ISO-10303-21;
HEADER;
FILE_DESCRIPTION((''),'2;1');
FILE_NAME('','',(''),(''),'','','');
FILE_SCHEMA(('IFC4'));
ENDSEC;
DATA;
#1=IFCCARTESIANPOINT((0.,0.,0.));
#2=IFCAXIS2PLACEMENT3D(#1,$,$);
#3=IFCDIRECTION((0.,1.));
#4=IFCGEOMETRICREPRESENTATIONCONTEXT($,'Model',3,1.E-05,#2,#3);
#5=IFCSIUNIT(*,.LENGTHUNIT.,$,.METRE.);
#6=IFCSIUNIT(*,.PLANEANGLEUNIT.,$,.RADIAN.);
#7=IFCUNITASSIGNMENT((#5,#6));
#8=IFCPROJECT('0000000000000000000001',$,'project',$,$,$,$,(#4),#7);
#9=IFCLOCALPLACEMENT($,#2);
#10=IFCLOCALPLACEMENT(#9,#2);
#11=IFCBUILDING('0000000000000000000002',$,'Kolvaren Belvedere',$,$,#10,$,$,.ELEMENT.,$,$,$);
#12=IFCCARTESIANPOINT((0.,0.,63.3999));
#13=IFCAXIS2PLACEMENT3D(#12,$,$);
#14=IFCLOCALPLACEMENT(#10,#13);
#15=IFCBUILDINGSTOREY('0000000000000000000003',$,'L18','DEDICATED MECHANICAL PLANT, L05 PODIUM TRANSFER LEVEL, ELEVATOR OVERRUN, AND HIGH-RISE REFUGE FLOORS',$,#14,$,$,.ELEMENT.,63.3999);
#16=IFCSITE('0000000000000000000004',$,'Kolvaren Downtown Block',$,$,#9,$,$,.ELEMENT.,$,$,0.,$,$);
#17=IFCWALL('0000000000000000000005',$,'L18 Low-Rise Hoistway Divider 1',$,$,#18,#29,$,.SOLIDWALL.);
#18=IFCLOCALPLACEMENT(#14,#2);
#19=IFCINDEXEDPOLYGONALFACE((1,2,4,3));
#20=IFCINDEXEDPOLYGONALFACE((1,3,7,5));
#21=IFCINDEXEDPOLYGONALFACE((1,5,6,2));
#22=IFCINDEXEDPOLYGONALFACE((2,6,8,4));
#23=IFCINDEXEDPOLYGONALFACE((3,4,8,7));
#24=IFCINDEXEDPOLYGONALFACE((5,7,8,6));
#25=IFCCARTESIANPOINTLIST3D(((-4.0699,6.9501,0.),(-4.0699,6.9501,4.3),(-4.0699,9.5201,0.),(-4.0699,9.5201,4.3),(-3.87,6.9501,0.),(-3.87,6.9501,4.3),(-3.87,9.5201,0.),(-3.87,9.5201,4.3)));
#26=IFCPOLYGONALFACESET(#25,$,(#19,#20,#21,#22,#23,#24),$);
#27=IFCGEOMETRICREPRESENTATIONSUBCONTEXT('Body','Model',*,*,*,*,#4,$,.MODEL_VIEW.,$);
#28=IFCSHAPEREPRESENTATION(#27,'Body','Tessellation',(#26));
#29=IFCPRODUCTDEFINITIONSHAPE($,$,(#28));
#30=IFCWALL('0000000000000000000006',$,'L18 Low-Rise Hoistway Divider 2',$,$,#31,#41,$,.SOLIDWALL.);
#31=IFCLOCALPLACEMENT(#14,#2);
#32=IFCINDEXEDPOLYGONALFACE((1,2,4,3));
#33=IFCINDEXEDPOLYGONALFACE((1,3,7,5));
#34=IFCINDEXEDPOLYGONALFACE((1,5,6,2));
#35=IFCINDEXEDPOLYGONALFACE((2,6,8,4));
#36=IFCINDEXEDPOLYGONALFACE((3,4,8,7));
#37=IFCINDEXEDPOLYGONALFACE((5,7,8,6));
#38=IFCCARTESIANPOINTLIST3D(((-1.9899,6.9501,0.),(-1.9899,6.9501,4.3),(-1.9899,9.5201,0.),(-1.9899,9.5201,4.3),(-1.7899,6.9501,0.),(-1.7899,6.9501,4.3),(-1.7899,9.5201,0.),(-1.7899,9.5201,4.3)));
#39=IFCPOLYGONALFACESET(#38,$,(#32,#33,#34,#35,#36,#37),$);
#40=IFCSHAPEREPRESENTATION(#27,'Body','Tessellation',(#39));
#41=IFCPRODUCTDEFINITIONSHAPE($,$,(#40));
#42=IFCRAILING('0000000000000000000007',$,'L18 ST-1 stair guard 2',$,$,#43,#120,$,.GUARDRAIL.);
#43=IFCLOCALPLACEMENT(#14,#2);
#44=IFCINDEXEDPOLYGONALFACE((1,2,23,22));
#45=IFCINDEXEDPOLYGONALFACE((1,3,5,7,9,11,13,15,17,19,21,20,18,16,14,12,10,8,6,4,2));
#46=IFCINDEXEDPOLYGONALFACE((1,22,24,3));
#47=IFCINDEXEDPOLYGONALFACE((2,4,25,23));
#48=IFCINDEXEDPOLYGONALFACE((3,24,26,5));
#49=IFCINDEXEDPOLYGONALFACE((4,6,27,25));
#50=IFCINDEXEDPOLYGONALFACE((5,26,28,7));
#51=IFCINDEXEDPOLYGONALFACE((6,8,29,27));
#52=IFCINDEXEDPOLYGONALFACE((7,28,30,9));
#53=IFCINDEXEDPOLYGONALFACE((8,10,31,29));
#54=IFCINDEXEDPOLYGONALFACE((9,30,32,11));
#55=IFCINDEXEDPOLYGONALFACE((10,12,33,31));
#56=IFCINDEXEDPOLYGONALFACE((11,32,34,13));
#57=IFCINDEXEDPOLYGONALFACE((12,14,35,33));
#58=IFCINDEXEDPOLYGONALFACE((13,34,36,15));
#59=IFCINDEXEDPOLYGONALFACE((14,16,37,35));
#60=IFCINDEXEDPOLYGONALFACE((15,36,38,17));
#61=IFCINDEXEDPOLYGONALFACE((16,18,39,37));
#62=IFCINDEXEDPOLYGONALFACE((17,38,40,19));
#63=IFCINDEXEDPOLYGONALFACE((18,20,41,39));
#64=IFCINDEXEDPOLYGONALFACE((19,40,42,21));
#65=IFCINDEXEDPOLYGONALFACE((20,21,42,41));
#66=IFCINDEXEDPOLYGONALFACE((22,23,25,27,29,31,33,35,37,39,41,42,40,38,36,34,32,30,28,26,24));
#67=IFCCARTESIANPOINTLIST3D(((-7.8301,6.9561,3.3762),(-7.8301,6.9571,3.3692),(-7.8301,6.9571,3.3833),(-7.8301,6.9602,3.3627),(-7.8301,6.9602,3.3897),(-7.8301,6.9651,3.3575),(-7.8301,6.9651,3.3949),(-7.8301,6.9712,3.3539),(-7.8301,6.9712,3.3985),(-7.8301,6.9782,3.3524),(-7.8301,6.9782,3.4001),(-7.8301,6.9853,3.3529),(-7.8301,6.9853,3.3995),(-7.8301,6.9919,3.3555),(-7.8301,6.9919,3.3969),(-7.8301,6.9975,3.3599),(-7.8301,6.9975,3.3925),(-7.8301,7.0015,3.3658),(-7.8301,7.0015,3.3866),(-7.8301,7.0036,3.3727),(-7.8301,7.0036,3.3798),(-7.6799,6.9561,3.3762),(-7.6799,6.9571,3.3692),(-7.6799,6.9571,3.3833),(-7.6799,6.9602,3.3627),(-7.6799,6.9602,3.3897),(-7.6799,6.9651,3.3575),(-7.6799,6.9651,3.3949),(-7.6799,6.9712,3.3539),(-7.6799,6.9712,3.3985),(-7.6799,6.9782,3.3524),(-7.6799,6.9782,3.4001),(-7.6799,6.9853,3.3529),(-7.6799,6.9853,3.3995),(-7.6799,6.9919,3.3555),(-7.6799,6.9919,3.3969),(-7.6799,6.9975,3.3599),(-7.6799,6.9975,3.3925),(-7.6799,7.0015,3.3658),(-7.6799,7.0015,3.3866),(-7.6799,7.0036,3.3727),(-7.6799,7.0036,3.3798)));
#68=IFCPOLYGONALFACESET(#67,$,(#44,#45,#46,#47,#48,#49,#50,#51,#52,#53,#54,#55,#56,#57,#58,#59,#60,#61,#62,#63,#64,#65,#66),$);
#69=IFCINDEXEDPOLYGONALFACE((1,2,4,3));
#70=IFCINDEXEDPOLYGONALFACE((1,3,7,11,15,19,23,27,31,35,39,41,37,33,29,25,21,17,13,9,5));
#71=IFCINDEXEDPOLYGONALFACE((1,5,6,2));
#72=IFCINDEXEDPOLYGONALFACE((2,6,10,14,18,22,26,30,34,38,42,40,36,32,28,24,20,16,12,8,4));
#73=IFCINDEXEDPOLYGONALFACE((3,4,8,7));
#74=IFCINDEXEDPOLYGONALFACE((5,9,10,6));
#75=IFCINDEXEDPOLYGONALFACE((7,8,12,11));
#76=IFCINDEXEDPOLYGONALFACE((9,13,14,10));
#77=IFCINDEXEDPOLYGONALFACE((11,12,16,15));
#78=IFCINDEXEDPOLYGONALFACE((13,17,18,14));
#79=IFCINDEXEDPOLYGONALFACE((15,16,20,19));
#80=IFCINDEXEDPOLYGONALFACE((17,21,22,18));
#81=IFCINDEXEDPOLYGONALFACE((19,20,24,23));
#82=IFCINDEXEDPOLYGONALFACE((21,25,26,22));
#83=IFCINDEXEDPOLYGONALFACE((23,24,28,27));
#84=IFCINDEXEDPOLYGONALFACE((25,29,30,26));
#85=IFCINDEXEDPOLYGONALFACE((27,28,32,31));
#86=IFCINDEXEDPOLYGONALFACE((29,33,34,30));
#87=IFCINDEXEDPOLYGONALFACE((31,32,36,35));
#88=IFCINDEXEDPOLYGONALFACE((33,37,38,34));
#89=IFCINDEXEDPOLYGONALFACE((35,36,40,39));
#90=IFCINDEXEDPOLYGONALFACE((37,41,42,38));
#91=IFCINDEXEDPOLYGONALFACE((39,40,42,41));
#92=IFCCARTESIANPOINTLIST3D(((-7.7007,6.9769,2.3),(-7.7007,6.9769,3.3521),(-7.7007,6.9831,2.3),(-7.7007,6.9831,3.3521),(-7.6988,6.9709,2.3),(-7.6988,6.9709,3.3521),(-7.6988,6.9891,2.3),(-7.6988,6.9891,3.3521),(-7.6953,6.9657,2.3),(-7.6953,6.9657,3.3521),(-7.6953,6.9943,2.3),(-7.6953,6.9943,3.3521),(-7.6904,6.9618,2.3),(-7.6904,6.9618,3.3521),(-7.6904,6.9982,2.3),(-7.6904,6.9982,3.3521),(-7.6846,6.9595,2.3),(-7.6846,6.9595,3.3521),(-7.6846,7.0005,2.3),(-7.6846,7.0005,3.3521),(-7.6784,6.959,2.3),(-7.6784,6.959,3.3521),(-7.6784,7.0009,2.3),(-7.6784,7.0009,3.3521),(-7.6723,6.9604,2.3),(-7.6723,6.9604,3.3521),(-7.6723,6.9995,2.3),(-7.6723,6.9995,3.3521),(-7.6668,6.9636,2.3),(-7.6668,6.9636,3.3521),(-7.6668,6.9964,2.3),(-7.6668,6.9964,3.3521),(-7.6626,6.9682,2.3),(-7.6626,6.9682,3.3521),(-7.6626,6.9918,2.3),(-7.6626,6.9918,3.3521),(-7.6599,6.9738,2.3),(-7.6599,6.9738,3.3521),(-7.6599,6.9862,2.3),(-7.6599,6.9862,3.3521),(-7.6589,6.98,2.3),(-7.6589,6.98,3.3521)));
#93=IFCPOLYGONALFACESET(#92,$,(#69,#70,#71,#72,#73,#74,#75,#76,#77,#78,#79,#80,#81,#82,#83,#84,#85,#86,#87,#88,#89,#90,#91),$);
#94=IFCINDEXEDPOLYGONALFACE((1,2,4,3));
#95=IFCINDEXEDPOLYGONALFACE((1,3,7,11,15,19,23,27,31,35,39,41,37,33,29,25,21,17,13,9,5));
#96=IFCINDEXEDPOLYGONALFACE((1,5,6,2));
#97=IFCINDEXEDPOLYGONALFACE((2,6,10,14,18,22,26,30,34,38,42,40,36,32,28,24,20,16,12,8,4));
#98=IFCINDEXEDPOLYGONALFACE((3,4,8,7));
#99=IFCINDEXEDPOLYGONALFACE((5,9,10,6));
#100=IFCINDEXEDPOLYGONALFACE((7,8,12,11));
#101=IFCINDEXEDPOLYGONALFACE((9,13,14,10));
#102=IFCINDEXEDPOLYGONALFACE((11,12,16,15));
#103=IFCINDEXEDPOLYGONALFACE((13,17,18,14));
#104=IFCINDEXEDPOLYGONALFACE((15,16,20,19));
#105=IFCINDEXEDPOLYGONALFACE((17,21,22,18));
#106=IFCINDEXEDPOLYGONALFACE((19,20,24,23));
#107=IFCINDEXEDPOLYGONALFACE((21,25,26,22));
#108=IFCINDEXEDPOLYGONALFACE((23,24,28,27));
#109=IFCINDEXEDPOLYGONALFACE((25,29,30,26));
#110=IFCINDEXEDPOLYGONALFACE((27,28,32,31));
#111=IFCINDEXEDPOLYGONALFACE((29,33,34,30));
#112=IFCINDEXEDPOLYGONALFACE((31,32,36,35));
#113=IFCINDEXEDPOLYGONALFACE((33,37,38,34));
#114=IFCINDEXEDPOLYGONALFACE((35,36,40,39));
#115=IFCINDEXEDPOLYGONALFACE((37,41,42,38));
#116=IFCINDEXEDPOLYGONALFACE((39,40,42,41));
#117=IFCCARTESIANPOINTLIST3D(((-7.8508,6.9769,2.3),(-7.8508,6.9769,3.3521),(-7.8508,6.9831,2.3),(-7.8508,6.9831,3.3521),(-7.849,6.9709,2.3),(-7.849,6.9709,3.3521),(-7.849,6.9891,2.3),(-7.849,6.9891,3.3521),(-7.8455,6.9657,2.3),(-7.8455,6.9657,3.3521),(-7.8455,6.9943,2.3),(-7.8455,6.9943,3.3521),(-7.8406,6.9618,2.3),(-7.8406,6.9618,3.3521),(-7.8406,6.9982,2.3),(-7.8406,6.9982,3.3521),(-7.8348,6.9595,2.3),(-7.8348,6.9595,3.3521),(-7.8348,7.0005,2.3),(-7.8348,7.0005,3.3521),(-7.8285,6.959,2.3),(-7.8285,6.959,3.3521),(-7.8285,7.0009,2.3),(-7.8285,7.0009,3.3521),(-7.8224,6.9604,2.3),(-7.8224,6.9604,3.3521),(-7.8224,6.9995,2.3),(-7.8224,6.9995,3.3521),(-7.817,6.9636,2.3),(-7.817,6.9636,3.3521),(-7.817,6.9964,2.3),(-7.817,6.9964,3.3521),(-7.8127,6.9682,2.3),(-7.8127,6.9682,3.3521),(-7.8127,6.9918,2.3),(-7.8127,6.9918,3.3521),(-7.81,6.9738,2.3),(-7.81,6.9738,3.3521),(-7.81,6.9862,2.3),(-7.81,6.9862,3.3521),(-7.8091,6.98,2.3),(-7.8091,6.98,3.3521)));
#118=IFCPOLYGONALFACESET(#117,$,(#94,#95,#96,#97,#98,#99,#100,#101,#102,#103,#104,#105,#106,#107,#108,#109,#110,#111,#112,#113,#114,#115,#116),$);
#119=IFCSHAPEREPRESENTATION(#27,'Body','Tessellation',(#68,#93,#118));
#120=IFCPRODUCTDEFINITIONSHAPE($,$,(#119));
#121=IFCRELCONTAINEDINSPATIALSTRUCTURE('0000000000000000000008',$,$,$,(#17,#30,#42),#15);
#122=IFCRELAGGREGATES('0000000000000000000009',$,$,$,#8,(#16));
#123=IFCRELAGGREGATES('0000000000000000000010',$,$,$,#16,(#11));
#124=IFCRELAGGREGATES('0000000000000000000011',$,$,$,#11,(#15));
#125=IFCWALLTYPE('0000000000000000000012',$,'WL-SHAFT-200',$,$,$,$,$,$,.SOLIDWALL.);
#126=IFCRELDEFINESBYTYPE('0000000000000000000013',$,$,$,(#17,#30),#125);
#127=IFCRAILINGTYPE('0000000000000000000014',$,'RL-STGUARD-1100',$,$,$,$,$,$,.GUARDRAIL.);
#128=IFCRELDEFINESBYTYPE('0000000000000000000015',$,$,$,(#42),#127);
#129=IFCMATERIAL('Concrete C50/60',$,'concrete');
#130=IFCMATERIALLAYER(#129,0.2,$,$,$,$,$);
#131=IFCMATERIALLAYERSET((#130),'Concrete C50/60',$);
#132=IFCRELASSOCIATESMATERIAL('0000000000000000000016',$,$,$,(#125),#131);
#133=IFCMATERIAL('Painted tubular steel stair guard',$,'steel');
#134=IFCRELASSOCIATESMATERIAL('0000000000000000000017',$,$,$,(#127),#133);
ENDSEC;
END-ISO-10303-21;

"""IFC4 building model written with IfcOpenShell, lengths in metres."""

from ifc_helpers import new_model, si_unit, direction, frame, frame_2d, origin, origin_2d, place, context, subcontext, project, spatial, rectangle, circle, extrude, material, layer, layer_set, type_object, element, save


model = new_model("IFC4")

# Units and contexts
model_context = context("Model", 3, precision=1e-05, world=origin(), true_north=direction((0.0, 1.0)))
body_context = subcontext(model_context, "Body", "Model", "MODEL_VIEW")
ifc_project = project(units=[si_unit("LENGTHUNIT", "METRE"), si_unit("PLANEANGLEUNIT", "RADIAN")], contexts=[model_context])

# Site, building, storey
site_placement = place(None, origin())
site = spatial("IfcSite", under=ifc_project, at=site_placement, Name="Kolvaren Downtown Block", CompositionType="ELEMENT", RefElevation=0.0)
building_placement = place(site_placement, origin())
building = spatial("IfcBuilding", under=site, at=building_placement, Name="Kolvaren Belvedere", CompositionType="ELEMENT")
storey_placement = place(building_placement, frame((0.0, 0.0, 63.3999)))
storey = spatial("IfcBuildingStorey", under=building, at=storey_placement, Name="L18", Description="DEDICATED MECHANICAL PLANT, L05 PODIUM TRANSFER LEVEL, ELEVATOR OVERRUN, AND HIGH-RISE REFUGE FLOORS", CompositionType="ELEMENT", Elevation=63.3999)

# Shared definitions
ifc_material_1 = material(Name="Concrete C50/60", Category="concrete")
ifc_layer_1 = layer(ifc_material_1, 0.2)
ifc_layer_set_1 = layer_set([ifc_layer_1], Name="Concrete C50/60")
wall_type_1 = type_object("IfcWallType", Name="WL-SHAFT-200", PredefinedType="SOLIDWALL", material=ifc_layer_set_1)

# Walls
for number, where, z_axis, x_axis, name in (
    (1, (-3.97, 6.95, 0.0), (0.0, 0.0, 1.0), (0.0, 1.0, 0.0), "L18 Low-Rise Hoistway Divider 1"),
    (2, (-1.8899, 6.95, 0.0), (0.0, 0.0, 1.0), (0.0, 1.0, 0.0), "L18 Low-Rise Hoistway Divider 2"),
):
    element("IfcWall", number, at=place(storey_placement, frame(where, z_axis=z_axis, x_axis=x_axis)), inside=storey, type_object=wall_type_1, Name=name, PredefinedType="SOLIDWALL", context=body_context, shape_type="SweptSolid", body=[
        extrude(rectangle(XDim=2.5701, YDim=0.2, at=frame_2d((1.2852, 0.0))), origin(), (0.0, 0.0, 1.0), 4.3),
    ])

# Railing
ifc_material_2 = material(Name="Painted tubular steel stair guard", Category="steel")
railing_type = type_object("IfcRailingType", Name="RL-STGUARD-1100", PredefinedType="GUARDRAIL", material=ifc_material_2)
railing_1_placement = place(storey_placement, frame((-7.6799, 6.98, 2.3)))
element("IfcRailing", 3, at=railing_1_placement, inside=storey, type_object=railing_type, Name="L18 ST-1 stair guard 2", PredefinedType="GUARDRAIL", context=body_context, shape_type="SweptSolid", body=[
    extrude(circle(Radius=0.0239, at=origin_2d()), frame((0.0, 0.0, 1.0762), z_axis=(-1.0, 0.0, 0.0), x_axis=(0.0, -1.0, 0.0)), (0.0, 0.0, 1.0), 0.1501),
    extrude(circle(Radius=0.021, at=origin_2d()), origin(), (0.0, 0.0, 1.0), 1.052),
    extrude(circle(Radius=0.021, at=origin_2d()), frame((-0.1501, 0.0, 0.0)), (0.0, 0.0, 1.0), 1.052),
])

save(model, "model.ifc")
